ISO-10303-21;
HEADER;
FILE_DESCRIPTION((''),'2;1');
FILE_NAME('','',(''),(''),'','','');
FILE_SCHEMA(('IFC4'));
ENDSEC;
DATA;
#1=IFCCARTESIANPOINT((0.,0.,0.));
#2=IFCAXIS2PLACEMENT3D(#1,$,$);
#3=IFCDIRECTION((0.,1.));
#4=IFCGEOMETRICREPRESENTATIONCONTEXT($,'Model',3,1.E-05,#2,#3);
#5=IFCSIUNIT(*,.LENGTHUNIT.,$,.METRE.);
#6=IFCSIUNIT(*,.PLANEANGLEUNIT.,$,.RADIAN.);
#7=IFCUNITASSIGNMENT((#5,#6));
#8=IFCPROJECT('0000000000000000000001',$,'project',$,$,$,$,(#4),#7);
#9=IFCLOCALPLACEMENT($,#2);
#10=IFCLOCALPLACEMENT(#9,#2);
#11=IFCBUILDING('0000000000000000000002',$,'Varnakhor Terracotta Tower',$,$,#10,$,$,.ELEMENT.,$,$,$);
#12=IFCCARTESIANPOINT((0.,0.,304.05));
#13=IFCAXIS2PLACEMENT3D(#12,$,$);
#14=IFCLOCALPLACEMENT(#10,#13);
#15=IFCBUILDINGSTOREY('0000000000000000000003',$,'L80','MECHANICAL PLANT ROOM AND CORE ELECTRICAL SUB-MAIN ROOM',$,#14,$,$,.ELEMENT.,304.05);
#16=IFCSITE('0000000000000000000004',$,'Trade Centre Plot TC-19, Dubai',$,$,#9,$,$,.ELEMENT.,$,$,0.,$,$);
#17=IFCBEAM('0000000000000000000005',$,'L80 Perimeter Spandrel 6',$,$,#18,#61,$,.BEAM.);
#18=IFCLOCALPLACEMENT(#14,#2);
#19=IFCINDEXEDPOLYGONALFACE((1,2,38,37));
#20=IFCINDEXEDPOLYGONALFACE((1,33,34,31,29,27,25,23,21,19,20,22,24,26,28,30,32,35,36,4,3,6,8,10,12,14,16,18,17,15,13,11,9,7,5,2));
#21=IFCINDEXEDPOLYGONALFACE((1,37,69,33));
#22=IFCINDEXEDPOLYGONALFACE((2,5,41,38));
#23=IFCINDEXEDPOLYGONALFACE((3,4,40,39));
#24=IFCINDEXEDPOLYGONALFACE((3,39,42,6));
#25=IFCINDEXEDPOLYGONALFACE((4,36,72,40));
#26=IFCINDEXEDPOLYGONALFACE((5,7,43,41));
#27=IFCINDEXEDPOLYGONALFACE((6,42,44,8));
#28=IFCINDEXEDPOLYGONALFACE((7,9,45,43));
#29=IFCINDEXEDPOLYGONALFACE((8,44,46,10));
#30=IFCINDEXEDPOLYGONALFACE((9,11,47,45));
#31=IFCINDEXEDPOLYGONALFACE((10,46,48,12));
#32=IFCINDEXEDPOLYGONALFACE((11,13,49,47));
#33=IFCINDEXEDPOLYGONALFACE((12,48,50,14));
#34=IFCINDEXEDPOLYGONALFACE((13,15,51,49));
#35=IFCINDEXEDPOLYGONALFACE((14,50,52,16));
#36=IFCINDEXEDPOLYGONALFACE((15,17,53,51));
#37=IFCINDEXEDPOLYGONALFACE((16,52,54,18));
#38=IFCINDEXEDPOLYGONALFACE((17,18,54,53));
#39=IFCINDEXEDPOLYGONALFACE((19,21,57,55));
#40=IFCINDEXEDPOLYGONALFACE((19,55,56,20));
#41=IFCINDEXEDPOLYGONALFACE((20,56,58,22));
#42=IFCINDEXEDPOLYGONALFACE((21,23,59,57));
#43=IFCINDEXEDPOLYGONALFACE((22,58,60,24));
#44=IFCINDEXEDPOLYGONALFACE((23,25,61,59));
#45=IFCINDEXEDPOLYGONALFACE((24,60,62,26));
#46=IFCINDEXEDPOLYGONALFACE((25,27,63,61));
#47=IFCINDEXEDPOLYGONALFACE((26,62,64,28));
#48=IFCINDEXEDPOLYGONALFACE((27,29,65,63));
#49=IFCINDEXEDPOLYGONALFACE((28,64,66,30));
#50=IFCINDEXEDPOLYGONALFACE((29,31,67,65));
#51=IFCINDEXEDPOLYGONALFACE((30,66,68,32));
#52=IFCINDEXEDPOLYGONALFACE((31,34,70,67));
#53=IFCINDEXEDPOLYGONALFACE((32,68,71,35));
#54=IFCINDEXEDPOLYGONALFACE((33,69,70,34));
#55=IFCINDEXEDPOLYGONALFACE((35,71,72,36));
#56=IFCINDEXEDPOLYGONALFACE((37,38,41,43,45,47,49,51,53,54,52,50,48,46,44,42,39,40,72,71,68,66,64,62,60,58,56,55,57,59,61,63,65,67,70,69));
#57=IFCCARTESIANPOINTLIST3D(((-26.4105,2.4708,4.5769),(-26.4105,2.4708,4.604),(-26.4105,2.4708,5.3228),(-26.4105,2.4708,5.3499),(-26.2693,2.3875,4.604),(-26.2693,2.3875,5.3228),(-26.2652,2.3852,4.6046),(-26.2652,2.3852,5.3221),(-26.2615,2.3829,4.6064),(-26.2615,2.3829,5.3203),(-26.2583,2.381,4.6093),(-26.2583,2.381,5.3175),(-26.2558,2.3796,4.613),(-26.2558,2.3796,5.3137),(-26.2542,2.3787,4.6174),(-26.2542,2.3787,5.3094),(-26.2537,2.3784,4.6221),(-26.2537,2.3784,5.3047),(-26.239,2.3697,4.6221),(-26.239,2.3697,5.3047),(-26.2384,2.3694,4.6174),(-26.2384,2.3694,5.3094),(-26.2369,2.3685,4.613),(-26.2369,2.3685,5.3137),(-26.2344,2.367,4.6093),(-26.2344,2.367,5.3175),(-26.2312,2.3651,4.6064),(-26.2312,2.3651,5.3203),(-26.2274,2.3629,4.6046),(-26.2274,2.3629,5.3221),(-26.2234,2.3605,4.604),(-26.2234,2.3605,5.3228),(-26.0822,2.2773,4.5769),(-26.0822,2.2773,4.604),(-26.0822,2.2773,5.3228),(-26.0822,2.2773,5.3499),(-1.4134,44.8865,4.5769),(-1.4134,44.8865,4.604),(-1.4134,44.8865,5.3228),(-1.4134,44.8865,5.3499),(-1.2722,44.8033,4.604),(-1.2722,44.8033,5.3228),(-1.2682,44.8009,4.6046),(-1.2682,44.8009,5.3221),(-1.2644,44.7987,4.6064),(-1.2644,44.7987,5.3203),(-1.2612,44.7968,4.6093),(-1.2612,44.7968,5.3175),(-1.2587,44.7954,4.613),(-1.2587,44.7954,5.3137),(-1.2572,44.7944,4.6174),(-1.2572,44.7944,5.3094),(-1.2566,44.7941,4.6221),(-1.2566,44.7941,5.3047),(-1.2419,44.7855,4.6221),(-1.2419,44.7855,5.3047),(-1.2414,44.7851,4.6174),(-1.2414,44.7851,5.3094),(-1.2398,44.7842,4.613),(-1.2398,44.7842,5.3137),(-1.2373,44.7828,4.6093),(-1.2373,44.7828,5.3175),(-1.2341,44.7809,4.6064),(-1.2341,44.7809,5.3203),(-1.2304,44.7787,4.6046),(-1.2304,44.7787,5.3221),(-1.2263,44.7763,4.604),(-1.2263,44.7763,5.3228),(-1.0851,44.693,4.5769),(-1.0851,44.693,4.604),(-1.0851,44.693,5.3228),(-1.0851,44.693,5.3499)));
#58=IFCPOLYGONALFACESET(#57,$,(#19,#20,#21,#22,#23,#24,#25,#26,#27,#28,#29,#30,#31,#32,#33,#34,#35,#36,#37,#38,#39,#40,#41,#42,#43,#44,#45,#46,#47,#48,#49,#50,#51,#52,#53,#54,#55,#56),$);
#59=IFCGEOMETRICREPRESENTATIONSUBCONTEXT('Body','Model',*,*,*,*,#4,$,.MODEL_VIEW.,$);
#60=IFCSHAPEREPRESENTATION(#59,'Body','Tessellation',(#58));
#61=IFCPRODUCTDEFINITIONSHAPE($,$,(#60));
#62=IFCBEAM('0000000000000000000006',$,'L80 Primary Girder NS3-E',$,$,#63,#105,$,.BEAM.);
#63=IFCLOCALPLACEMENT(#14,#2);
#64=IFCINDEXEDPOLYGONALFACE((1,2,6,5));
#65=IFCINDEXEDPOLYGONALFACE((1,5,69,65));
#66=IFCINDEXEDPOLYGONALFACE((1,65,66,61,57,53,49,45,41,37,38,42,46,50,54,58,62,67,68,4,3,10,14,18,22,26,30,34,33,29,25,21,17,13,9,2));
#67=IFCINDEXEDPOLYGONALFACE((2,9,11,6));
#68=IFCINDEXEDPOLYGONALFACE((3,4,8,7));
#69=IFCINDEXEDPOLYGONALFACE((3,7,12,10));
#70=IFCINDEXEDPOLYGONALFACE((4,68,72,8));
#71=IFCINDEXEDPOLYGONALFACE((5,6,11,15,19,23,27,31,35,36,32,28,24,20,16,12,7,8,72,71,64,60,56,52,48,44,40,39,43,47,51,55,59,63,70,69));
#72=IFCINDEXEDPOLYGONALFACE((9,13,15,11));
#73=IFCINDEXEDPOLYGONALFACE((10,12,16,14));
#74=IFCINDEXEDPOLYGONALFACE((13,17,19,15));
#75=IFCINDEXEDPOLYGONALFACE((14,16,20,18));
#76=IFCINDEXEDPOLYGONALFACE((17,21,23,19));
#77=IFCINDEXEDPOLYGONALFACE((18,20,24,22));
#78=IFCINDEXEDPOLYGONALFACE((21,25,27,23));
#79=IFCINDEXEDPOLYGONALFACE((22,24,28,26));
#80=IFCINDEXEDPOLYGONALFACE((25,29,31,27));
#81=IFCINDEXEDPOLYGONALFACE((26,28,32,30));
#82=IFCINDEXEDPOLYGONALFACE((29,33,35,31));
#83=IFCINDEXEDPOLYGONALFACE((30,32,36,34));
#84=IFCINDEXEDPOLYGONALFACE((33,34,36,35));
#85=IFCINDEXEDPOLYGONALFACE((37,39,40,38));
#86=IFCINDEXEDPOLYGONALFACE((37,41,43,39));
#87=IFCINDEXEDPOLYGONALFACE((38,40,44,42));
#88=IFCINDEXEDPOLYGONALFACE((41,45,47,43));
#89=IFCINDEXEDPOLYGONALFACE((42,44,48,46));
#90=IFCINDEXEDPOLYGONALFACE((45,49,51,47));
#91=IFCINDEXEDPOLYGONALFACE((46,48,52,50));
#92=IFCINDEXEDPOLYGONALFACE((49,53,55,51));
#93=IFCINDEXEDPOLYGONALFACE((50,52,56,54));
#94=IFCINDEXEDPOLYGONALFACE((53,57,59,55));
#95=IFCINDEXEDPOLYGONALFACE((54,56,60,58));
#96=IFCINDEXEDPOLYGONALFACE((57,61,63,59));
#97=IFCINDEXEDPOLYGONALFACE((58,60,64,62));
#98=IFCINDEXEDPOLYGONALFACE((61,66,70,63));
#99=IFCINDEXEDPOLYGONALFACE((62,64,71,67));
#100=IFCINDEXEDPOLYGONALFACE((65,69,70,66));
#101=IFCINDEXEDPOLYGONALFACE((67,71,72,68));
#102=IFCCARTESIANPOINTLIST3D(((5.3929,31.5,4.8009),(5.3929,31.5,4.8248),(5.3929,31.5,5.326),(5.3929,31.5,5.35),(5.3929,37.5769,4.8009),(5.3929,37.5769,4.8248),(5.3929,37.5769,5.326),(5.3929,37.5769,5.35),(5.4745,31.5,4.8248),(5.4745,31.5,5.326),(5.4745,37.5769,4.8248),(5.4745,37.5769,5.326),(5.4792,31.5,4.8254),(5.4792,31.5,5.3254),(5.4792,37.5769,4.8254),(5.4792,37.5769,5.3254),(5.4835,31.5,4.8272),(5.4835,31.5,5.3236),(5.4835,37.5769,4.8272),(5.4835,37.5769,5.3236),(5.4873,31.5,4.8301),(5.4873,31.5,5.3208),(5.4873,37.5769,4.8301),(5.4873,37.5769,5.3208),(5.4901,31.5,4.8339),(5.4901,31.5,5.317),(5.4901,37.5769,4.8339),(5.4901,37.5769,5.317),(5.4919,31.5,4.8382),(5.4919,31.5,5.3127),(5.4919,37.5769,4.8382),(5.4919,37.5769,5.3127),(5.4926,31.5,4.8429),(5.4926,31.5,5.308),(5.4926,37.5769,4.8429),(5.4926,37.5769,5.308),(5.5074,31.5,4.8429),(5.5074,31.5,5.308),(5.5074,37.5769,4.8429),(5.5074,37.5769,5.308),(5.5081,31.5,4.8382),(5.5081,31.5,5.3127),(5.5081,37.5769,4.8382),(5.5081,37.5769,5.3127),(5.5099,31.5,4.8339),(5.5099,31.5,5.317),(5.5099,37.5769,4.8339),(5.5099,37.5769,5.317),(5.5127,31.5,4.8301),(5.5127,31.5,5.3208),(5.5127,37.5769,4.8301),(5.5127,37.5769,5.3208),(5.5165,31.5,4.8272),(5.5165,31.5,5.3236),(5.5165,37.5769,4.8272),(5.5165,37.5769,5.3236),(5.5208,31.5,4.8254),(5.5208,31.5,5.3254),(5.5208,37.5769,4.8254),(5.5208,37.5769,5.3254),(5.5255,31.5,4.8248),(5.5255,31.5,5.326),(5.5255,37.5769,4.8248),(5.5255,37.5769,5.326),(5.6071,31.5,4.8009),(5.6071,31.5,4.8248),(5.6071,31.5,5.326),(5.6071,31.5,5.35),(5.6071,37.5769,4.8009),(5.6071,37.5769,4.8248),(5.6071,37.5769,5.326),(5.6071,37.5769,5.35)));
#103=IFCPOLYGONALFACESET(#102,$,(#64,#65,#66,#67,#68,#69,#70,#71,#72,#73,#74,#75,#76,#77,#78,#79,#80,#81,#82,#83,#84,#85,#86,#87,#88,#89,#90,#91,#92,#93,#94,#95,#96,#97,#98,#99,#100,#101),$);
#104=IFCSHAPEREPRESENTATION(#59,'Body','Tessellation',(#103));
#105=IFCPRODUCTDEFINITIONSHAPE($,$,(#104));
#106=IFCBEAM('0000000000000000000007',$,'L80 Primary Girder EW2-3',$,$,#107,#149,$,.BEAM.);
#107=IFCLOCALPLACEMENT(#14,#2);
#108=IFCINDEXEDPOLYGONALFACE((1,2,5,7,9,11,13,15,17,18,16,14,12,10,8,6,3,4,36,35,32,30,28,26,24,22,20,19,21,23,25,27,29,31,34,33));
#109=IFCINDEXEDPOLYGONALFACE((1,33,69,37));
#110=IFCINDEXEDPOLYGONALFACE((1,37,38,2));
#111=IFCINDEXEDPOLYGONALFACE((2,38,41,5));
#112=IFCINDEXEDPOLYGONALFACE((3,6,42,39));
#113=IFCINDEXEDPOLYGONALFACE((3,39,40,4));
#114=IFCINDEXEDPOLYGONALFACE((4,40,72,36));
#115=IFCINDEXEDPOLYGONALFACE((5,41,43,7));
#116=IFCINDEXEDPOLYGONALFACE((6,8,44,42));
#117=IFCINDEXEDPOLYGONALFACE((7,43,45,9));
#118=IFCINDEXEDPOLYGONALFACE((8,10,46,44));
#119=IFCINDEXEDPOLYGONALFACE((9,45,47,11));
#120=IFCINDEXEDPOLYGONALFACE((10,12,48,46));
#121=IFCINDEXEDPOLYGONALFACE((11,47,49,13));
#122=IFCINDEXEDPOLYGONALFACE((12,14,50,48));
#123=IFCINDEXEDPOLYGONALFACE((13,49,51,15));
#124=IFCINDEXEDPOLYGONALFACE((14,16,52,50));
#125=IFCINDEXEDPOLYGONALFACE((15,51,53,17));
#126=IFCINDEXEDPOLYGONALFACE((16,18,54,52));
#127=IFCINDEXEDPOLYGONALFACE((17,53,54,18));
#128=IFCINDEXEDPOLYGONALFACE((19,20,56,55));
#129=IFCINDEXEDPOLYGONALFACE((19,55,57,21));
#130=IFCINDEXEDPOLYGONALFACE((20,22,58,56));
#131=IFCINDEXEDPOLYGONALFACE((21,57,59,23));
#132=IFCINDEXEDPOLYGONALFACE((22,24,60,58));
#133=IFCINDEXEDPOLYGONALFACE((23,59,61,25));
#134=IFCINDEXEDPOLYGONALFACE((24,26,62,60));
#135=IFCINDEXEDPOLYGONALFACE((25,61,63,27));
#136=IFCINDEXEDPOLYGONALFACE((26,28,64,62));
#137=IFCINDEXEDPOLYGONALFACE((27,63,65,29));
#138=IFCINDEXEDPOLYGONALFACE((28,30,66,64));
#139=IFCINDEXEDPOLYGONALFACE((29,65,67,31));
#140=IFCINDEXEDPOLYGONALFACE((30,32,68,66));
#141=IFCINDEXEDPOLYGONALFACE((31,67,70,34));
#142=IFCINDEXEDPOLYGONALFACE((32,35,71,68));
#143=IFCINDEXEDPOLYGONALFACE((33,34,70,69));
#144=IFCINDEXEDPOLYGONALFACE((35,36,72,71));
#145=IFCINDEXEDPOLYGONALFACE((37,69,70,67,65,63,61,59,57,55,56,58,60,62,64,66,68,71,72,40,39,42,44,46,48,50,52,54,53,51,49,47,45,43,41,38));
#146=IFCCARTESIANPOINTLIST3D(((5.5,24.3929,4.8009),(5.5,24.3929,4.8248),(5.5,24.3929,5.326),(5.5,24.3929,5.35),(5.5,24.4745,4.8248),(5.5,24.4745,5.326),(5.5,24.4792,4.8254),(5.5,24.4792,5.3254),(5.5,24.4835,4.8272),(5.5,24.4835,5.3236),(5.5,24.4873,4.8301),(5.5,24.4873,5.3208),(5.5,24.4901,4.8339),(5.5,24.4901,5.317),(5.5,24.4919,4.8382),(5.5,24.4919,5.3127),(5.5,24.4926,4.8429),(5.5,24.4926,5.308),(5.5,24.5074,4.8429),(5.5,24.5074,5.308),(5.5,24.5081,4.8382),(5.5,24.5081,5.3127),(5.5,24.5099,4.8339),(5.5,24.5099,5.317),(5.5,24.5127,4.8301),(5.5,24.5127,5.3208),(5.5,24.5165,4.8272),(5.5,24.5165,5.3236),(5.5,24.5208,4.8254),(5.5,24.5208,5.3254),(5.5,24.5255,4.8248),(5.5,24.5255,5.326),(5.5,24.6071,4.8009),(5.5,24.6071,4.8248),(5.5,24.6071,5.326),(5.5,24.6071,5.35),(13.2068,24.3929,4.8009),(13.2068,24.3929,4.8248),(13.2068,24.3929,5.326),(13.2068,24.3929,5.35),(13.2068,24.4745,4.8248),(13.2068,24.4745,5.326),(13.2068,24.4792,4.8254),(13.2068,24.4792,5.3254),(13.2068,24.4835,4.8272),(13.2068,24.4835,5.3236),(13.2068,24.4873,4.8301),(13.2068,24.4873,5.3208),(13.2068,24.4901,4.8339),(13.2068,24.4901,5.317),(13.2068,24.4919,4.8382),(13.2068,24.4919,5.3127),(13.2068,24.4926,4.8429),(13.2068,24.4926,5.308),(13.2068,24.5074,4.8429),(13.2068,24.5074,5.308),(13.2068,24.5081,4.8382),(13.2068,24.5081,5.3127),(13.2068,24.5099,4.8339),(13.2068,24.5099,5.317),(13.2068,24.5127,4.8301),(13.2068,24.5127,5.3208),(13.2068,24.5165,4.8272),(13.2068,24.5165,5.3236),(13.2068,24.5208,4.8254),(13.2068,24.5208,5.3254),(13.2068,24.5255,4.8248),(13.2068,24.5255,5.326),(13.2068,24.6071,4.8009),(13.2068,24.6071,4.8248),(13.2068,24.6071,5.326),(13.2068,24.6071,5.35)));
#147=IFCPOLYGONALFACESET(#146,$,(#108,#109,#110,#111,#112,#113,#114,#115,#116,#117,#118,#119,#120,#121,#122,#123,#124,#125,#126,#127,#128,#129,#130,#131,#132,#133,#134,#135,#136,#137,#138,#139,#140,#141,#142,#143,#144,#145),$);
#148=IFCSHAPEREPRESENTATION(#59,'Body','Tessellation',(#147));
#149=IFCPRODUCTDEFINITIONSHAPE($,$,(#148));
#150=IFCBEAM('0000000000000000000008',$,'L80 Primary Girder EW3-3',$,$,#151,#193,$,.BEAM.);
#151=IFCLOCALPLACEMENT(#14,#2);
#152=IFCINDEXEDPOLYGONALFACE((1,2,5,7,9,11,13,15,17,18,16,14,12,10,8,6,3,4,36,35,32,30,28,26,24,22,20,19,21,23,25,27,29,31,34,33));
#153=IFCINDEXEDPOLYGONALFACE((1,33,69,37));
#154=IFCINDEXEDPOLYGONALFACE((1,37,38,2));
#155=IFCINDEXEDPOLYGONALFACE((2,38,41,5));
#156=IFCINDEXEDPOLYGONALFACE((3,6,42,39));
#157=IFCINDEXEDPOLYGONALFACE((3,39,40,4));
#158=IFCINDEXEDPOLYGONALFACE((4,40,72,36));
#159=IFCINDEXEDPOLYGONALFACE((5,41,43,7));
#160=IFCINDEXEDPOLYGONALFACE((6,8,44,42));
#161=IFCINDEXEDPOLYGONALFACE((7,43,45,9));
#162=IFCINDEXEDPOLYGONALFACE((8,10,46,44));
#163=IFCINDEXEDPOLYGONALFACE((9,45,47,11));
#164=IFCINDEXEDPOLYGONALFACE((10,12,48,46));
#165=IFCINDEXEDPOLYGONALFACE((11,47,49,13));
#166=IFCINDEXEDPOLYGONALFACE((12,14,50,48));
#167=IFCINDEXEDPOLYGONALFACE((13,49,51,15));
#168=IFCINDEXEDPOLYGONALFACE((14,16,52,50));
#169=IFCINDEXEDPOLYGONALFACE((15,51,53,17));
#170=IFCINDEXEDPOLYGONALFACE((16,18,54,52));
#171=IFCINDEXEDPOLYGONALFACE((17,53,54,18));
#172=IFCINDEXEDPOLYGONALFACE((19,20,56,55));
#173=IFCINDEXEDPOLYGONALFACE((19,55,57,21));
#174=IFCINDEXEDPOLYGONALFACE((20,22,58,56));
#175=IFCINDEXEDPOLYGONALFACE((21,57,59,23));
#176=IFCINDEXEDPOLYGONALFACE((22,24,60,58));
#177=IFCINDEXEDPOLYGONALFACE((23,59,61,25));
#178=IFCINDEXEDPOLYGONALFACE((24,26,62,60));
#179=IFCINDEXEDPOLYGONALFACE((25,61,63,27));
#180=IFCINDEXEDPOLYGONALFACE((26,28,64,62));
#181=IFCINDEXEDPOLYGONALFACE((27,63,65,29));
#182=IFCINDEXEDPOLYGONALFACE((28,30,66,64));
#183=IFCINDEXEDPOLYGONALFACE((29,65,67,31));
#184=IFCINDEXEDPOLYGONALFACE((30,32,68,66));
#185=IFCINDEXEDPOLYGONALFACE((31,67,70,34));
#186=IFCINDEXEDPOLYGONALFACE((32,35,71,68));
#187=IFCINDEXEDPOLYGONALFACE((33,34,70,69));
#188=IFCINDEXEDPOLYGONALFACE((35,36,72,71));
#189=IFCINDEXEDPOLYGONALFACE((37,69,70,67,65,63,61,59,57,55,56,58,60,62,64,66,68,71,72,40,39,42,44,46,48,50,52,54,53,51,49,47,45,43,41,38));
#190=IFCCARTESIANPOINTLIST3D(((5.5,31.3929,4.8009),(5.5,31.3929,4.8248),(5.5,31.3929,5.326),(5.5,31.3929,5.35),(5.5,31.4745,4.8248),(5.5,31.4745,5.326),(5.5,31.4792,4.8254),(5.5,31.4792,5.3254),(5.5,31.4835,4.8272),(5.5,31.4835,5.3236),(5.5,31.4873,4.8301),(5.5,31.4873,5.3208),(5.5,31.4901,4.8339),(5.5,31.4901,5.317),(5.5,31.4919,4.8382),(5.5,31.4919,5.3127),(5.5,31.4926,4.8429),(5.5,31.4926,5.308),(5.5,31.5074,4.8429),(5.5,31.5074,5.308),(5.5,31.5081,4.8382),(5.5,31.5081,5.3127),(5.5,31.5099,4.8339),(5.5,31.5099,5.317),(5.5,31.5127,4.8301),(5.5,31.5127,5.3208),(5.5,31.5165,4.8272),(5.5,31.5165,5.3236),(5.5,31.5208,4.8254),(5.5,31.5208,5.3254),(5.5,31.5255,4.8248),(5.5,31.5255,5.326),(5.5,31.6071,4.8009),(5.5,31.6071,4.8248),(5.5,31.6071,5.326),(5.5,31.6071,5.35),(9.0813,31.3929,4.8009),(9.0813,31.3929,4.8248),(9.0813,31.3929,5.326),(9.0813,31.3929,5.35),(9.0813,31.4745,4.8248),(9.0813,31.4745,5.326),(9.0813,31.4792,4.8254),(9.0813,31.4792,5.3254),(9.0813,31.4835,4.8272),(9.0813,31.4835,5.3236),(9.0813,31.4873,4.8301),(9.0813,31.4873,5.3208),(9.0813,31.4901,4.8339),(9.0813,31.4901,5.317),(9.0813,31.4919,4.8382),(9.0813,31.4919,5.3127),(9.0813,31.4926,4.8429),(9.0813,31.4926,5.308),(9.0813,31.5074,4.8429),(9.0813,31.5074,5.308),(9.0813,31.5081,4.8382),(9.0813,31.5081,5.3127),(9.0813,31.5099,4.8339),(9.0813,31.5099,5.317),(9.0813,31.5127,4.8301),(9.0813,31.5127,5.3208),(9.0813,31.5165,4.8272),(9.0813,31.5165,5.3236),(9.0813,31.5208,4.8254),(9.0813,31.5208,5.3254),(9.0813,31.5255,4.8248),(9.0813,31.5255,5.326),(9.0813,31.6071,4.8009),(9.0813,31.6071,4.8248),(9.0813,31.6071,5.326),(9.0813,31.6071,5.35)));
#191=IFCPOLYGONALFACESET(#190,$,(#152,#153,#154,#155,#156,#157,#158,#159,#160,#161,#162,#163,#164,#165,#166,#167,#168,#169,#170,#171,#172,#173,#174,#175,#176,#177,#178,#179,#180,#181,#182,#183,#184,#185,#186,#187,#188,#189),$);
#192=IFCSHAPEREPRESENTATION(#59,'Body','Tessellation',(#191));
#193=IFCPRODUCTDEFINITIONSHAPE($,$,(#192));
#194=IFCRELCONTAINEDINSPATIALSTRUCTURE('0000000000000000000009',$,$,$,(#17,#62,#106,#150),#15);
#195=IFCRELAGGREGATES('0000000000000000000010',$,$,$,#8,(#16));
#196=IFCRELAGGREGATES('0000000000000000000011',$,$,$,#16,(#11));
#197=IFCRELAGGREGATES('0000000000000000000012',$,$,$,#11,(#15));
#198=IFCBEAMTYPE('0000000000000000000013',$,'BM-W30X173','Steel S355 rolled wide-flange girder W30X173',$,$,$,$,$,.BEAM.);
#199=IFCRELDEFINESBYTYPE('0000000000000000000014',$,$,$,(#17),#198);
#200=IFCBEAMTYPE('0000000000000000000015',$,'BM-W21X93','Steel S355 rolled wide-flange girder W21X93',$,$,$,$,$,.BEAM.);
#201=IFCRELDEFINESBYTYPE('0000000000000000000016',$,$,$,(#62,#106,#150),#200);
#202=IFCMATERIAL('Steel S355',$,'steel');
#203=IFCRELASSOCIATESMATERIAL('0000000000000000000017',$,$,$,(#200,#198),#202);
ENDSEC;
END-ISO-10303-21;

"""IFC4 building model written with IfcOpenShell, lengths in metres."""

from ifc_helpers import new_model, si_unit, direction, frame, origin, origin_2d, place, context, subcontext, project, spatial, i_section, extrude, source, transform, mapped, material, material_profile, profile_set, type_object, element, save


model = new_model("IFC4")

# Units and contexts
model_context = context("Model", 3, precision=1e-05, world=origin(), true_north=direction((0.0, 1.0)))
body_context = subcontext(model_context, "Body", "Model", "MODEL_VIEW")
ifc_project = project(units=[si_unit("LENGTHUNIT", "METRE"), si_unit("PLANEANGLEUNIT", "RADIAN")], contexts=[model_context])

# Site, building, storey
site_placement = place(None, origin())
site = spatial("IfcSite", under=ifc_project, at=site_placement, Name="Trade Centre Plot TC-19, Dubai", CompositionType="ELEMENT", RefElevation=0.0)
building_placement = place(site_placement, origin())
building = spatial("IfcBuilding", under=site, at=building_placement, Name="Varnakhor Terracotta Tower", CompositionType="ELEMENT")
storey_placement = place(building_placement, frame((0.0, 0.0, 304.05)))
storey = spatial("IfcBuildingStorey", under=building, at=storey_placement, Name="L80", Description="MECHANICAL PLANT ROOM AND CORE ELECTRICAL SUB-MAIN ROOM", CompositionType="ELEMENT", Elevation=304.05)

# Shared definitions
ifc_material_1 = material(Name="Steel S355", Category="steel")

# Beams
ifc_material_profile_1 = material_profile(ifc_material_1, i_section(OverallWidth=0.2141, OverallDepth=0.5491, WebThickness=0.0149, FlangeThickness=0.0239, FilletRadius=0.0181, at=origin_2d()), Name="W21X93")
ifc_profile_set_1 = profile_set([ifc_material_profile_1], Name="Steel S355")
beam_type_1 = type_object("IfcBeamType", Name="BM-W21X93", Description="Steel S355 rolled wide-flange girder W21X93", PredefinedType="BEAM", material=ifc_profile_set_1)
ifc_material_profile_2 = material_profile(ifc_material_1, i_section(OverallWidth=0.3811, OverallDepth=0.7729, WebThickness=0.0171, FlangeThickness=0.0271, FilletRadius=0.0181, at=origin_2d()), Name="W30X173")
ifc_profile_set_2 = profile_set([ifc_material_profile_2], Name="Steel S355")
beam_type_2 = type_object("IfcBeamType", Name="BM-W30X173", Description="Steel S355 rolled wide-flange girder W30X173", PredefinedType="BEAM", material=ifc_profile_set_2)
shared_shape_1 = source(origin(), body_context, "Body", "SweptSolid", [
    extrude(i_section(OverallWidth=0.3811, OverallDepth=0.7729, WebThickness=0.0171, FlangeThickness=0.0271, FilletRadius=0.0181, at=origin_2d()), origin(), (0.0, 0.0, 1.0), 49.2336),
])
beam_1_placement = place(storey_placement, frame((-1.2493, 44.7898, 4.9634), z_axis=(-0.507723, -0.86152, 0.0), x_axis=(0.86152, -0.507723, 0.0)))
element("IfcBeam", 1, at=beam_1_placement, inside=storey, type_object=beam_type_2, Name="L80 Perimeter Spandrel 6", PredefinedType="BEAM", context=body_context, shape_type="MappedRepresentation", body=[
    mapped(shared_shape_1, transform((0.0, 0.0, 0.0), scale=1.0)),
])
shared_shape_2 = source(origin(), body_context, "Body", "SweptSolid", [
    extrude(i_section(OverallWidth=0.2141, OverallDepth=0.5491, WebThickness=0.0149, FlangeThickness=0.0239, FilletRadius=0.0181, at=origin_2d()), origin(), (0.0, 0.0, 1.0), 6.0769),
])
beam_2_placement = place(storey_placement, frame((5.5, 31.5, 5.0754), z_axis=(0.0, 1.0, 0.0), x_axis=(-1.0, 0.0, 0.0)))
element("IfcBeam", 2, at=beam_2_placement, inside=storey, type_object=beam_type_1, Name="L80 Primary Girder NS3-E", PredefinedType="BEAM", context=body_context, shape_type="MappedRepresentation", body=[
    mapped(shared_shape_2, transform((0.0, 0.0, 0.0), scale=1.0)),
])
shared_shape_3 = source(origin(), body_context, "Body", "SweptSolid", [
    extrude(i_section(OverallWidth=0.2141, OverallDepth=0.5491, WebThickness=0.0149, FlangeThickness=0.0239, FilletRadius=0.0181, at=origin_2d()), origin(), (0.0, 0.0, 1.0), 7.7068),
])
beam_3_placement = place(storey_placement, frame((5.5, 24.5, 5.0754), z_axis=(1.0, 0.0, 0.0), x_axis=(0.0, 1.0, 0.0)))
element("IfcBeam", 3, at=beam_3_placement, inside=storey, type_object=beam_type_1, Name="L80 Primary Girder EW2-3", PredefinedType="BEAM", context=body_context, shape_type="MappedRepresentation", body=[
    mapped(shared_shape_3, transform((0.0, 0.0, 0.0), scale=1.0)),
])
shared_shape_4 = source(origin(), body_context, "Body", "SweptSolid", [
    extrude(i_section(OverallWidth=0.2141, OverallDepth=0.5491, WebThickness=0.0149, FlangeThickness=0.0239, FilletRadius=0.0181, at=origin_2d()), origin(), (0.0, 0.0, 1.0), 3.5813),
])
beam_4_placement = place(storey_placement, frame((5.5, 31.5, 5.0754), z_axis=(1.0, 0.0, 0.0), x_axis=(0.0, 1.0, 0.0)))
element("IfcBeam", 4, at=beam_4_placement, inside=storey, type_object=beam_type_1, Name="L80 Primary Girder EW3-3", PredefinedType="BEAM", context=body_context, shape_type="MappedRepresentation", body=[
    mapped(shared_shape_4, transform((0.0, 0.0, 0.0), scale=1.0)),
])

save(model, "model.ifc")
